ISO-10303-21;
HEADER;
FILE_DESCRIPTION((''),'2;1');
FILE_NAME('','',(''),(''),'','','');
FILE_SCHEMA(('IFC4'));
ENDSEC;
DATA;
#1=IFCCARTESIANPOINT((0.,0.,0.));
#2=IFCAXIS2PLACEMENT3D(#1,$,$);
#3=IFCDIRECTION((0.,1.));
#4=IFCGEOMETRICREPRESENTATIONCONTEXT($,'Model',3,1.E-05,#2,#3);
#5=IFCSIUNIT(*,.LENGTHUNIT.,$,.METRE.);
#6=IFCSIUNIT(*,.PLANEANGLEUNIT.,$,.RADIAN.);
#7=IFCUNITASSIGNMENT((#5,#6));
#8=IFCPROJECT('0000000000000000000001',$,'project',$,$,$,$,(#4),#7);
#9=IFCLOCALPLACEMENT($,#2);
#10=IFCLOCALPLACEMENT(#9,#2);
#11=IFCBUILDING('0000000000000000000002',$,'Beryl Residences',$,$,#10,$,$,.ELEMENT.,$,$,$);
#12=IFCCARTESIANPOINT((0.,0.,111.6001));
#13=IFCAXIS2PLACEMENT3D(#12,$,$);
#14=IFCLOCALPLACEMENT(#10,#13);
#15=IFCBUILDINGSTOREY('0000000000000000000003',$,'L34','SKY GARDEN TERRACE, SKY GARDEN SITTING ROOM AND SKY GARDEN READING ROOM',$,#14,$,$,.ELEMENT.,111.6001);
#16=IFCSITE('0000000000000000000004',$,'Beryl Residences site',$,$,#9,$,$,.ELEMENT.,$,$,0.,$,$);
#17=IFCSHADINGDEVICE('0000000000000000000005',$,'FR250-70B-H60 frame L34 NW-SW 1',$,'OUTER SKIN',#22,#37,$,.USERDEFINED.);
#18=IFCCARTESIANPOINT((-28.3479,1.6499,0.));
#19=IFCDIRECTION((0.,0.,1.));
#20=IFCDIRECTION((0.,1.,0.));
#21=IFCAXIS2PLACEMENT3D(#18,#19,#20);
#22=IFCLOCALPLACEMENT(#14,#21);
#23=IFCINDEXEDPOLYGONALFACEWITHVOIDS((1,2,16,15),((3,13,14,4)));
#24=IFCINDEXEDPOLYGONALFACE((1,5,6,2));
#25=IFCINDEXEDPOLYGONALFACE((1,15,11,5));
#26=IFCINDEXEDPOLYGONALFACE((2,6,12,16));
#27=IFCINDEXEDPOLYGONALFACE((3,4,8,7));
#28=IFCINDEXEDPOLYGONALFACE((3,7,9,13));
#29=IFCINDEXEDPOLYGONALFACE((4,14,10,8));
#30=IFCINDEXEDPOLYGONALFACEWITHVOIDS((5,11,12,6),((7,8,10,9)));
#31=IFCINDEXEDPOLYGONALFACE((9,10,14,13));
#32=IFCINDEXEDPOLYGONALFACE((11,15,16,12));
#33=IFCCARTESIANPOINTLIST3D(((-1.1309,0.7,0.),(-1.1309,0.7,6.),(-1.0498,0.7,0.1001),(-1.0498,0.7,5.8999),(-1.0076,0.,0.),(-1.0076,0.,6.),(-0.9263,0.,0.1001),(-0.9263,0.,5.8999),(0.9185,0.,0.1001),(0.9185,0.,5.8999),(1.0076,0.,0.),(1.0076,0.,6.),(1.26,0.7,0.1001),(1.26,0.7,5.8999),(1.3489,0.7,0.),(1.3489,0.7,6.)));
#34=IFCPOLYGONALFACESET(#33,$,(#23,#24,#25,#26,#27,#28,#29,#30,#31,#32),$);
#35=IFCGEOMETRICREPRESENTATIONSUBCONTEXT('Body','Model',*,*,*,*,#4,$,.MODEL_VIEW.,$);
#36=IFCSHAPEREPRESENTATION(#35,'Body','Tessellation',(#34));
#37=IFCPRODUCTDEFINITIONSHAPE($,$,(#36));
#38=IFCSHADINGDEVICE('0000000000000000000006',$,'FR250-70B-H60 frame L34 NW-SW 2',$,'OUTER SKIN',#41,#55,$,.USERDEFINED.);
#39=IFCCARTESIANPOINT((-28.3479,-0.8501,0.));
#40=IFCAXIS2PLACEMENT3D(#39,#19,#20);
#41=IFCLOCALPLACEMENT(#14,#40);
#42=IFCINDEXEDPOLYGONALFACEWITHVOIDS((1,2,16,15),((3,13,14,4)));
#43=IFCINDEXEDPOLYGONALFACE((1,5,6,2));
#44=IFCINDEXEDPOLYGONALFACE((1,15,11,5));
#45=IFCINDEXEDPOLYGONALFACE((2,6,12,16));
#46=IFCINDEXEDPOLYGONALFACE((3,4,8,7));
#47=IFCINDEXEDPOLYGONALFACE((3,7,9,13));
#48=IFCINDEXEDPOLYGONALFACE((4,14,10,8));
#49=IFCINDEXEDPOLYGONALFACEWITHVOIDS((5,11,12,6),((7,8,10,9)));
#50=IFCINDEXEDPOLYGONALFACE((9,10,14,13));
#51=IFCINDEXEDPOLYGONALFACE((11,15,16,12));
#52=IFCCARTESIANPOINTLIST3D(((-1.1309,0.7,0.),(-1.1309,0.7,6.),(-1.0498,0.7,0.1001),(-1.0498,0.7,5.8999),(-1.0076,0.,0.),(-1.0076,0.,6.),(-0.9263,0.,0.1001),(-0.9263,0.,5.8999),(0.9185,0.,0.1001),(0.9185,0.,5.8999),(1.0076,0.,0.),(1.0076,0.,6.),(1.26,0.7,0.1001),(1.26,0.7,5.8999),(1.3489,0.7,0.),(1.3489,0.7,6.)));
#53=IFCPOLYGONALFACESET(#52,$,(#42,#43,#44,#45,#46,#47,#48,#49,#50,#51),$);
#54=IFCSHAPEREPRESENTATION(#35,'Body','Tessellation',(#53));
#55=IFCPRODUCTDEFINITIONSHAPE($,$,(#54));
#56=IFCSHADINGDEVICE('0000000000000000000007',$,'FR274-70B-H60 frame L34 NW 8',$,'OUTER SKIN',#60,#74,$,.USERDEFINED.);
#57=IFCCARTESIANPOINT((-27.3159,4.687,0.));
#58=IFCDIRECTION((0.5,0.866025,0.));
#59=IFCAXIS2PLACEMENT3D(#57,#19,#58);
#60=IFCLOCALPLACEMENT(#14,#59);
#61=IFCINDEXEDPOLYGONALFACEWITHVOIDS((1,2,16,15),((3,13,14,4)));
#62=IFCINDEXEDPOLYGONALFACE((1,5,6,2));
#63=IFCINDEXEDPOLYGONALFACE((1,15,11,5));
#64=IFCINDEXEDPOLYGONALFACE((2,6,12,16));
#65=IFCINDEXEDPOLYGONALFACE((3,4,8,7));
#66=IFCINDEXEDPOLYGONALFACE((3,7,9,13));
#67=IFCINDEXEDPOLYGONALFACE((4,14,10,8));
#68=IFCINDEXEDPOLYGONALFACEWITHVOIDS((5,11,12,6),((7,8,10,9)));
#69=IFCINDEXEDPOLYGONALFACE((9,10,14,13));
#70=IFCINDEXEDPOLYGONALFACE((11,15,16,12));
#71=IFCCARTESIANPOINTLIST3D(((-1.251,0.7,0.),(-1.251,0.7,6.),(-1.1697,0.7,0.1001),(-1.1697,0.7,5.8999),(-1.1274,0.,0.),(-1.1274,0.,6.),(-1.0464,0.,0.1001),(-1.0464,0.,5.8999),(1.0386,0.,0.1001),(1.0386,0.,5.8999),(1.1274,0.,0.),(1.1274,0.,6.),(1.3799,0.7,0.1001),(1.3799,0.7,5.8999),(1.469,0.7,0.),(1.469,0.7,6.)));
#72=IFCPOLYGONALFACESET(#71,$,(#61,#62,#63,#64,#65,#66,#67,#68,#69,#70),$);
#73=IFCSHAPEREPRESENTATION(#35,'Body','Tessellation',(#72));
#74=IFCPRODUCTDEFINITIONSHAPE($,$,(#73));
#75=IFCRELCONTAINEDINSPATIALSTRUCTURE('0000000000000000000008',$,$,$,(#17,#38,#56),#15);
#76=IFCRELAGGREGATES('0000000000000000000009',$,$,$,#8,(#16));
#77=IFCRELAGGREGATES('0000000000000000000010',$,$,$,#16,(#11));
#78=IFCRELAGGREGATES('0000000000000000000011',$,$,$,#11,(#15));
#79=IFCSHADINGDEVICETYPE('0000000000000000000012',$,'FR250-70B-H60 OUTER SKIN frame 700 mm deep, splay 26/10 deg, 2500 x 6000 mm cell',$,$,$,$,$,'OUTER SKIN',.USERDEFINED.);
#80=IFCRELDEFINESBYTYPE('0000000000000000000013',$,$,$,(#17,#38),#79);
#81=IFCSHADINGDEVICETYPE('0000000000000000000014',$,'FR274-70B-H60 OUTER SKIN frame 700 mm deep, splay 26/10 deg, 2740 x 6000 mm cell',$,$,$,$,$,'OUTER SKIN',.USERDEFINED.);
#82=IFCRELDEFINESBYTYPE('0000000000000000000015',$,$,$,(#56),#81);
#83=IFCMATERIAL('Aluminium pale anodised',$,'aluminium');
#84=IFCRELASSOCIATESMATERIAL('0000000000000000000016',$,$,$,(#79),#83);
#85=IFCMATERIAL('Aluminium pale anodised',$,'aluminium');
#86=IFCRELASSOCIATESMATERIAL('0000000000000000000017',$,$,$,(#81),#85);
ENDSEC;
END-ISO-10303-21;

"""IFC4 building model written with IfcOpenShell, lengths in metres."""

from ifc_helpers import new_model, entity, si_unit, direction, frame, origin, place, context, subcontext, project, spatial, source, transform, mapped, material, type_object, type_shapes, element, save


model = new_model("IFC4")

# Units and contexts
model_context = context("Model", 3, precision=1e-05, world=origin(), true_north=direction((0.0, 1.0)))
body_context = subcontext(model_context, "Body", "Model", "MODEL_VIEW")
ifc_project = project(units=[si_unit("LENGTHUNIT", "METRE"), si_unit("PLANEANGLEUNIT", "RADIAN")], contexts=[model_context])

# Site, building, storey
site_placement = place(None, origin())
site = spatial("IfcSite", under=ifc_project, at=site_placement, Name="Beryl Residences site", CompositionType="ELEMENT", RefElevation=0.0)
building_placement = place(site_placement, origin())
building = spatial("IfcBuilding", under=site, at=building_placement, Name="Beryl Residences", CompositionType="ELEMENT")
storey_placement = place(building_placement, frame((0.0, 0.0, 111.6001)))
storey = spatial("IfcBuildingStorey", under=building, at=storey_placement, Name="L34", Description="SKY GARDEN TERRACE, SKY GARDEN SITTING ROOM AND SKY GARDEN READING ROOM", CompositionType="ELEMENT", Elevation=111.6001)

# Shading devices
ifc_material_1 = material(Name="Aluminium pale anodised", Category="aluminium")
shading_device_type_1 = type_object("IfcShadingDeviceType", Name="FR250-70B-H60 OUTER SKIN frame 700 mm deep, splay 26/10 deg, 2500 x 6000 mm cell", ElementType="OUTER SKIN", PredefinedType="USERDEFINED", material=ifc_material_1)
cartesian_point_1 = entity("IfcCartesianPoint", [-1.0076, 0.0])
cartesian_point_2 = entity("IfcCartesianPoint", [-0.9185, 0.1001])
cartesian_point_3 = entity("IfcCartesianPoint", [-1.3489, 0.0])
cartesian_point_4 = entity("IfcCartesianPoint", [-1.26, 0.1001])
shared_shape_1 = source(origin(), body_context, "Body", "SweptSolid", [
    entity("IfcExtrudedAreaSolidTapered", entity("IfcArbitraryProfileDefWithVoids", "AREA", None, entity("IfcPolyline", [cartesian_point_1, entity("IfcCartesianPoint", [1.0076, 0.0]), entity("IfcCartesianPoint", [1.0076, 6.0]), entity("IfcCartesianPoint", [-1.0076, 6.0]), cartesian_point_1]), [entity("IfcPolyline", [cartesian_point_2, entity("IfcCartesianPoint", [0.9263, 0.1001]), entity("IfcCartesianPoint", [0.9263, 5.8999]), entity("IfcCartesianPoint", [-0.9185, 5.8999]), cartesian_point_2])]), entity("IfcAxis2Placement3D", entity("IfcCartesianPoint", [0.0, 0.0, 0.0]), entity("IfcDirection", [0.0, 1.0, 0.0]), entity("IfcDirection", [-1.0, 0.0, 0.0])), entity("IfcDirection", [0.0, 0.0, 1.0]), 0.7, entity("IfcArbitraryProfileDefWithVoids", "AREA", None, entity("IfcPolyline", [cartesian_point_3, entity("IfcCartesianPoint", [1.1309, 0.0]), entity("IfcCartesianPoint", [1.1309, 6.0]), entity("IfcCartesianPoint", [-1.3489, 6.0]), cartesian_point_3]), [entity("IfcPolyline", [cartesian_point_4, entity("IfcCartesianPoint", [1.0498, 0.1001]), entity("IfcCartesianPoint", [1.0498, 5.8999]), entity("IfcCartesianPoint", [-1.26, 5.8999]), cartesian_point_4])])),
])
type_shapes(shading_device_type_1, [shared_shape_1])
for number, where, z_axis, x_axis, name in (
    (1, (-28.3479, 1.6499, 0.0), (0.0, 0.0, 1.0), (0.0, 1.0, 0.0), "FR250-70B-H60 frame L34 NW-SW 1"),
    (2, (-28.3479, -0.8501, 0.0), (0.0, 0.0, 1.0), (0.0, 1.0, 0.0), "FR250-70B-H60 frame L34 NW-SW 2"),
):
    element("IfcShadingDevice", number, at=place(storey_placement, frame(where, z_axis=z_axis, x_axis=x_axis)), inside=storey, type_object=shading_device_type_1, Name=name, ObjectType="OUTER SKIN", PredefinedType="USERDEFINED", context=body_context, shape_type="MappedRepresentation", body=[
        mapped(shared_shape_1, transform((0.0, 0.0, 0.0))),
    ])
ifc_material_2 = material(Name="Aluminium pale anodised", Category="aluminium")
shading_device_type_2 = type_object("IfcShadingDeviceType", Name="FR274-70B-H60 OUTER SKIN frame 700 mm deep, splay 26/10 deg, 2740 x 6000 mm cell", ElementType="OUTER SKIN", PredefinedType="USERDEFINED", material=ifc_material_2)
cartesian_point_5 = entity("IfcCartesianPoint", [-1.1274, 0.0])
cartesian_point_6 = entity("IfcCartesianPoint", [-1.0386, 0.1001])
cartesian_point_7 = entity("IfcCartesianPoint", [-1.469, 0.0])
cartesian_point_8 = entity("IfcCartesianPoint", [-1.3799, 0.1001])
shared_shape_2 = source(origin(), body_context, "Body", "SweptSolid", [
    entity("IfcExtrudedAreaSolidTapered", entity("IfcArbitraryProfileDefWithVoids", "AREA", None, entity("IfcPolyline", [cartesian_point_5, entity("IfcCartesianPoint", [1.1274, 0.0]), entity("IfcCartesianPoint", [1.1274, 6.0]), entity("IfcCartesianPoint", [-1.1274, 6.0]), cartesian_point_5]), [entity("IfcPolyline", [cartesian_point_6, entity("IfcCartesianPoint", [1.0464, 0.1001]), entity("IfcCartesianPoint", [1.0464, 5.8999]), entity("IfcCartesianPoint", [-1.0386, 5.8999]), cartesian_point_6])]), entity("IfcAxis2Placement3D", entity("IfcCartesianPoint", [0.0, 0.0, 0.0]), entity("IfcDirection", [0.0, 1.0, 0.0]), entity("IfcDirection", [-1.0, 0.0, 0.0])), entity("IfcDirection", [0.0, 0.0, 1.0]), 0.7, entity("IfcArbitraryProfileDefWithVoids", "AREA", None, entity("IfcPolyline", [cartesian_point_7, entity("IfcCartesianPoint", [1.251, 0.0]), entity("IfcCartesianPoint", [1.251, 6.0]), entity("IfcCartesianPoint", [-1.469, 6.0]), cartesian_point_7]), [entity("IfcPolyline", [cartesian_point_8, entity("IfcCartesianPoint", [1.1697, 0.1001]), entity("IfcCartesianPoint", [1.1697, 5.8999]), entity("IfcCartesianPoint", [-1.3799, 5.8999]), cartesian_point_8])])),
])
type_shapes(shading_device_type_2, [shared_shape_2])
shading_device_placement = place(storey_placement, frame((-27.3159, 4.687, 0.0), z_axis=(0.0, 0.0, 1.0), x_axis=(0.5, 0.866025, 0.0)))
element("IfcShadingDevice", 3, at=shading_device_placement, inside=storey, type_object=shading_device_type_2, Name="FR274-70B-H60 frame L34 NW 8", ObjectType="OUTER SKIN", PredefinedType="USERDEFINED", context=body_context, shape_type="MappedRepresentation", body=[
    mapped(shared_shape_2, transform((0.0, 0.0, 0.0))),
])

save(model, "model.ifc")
